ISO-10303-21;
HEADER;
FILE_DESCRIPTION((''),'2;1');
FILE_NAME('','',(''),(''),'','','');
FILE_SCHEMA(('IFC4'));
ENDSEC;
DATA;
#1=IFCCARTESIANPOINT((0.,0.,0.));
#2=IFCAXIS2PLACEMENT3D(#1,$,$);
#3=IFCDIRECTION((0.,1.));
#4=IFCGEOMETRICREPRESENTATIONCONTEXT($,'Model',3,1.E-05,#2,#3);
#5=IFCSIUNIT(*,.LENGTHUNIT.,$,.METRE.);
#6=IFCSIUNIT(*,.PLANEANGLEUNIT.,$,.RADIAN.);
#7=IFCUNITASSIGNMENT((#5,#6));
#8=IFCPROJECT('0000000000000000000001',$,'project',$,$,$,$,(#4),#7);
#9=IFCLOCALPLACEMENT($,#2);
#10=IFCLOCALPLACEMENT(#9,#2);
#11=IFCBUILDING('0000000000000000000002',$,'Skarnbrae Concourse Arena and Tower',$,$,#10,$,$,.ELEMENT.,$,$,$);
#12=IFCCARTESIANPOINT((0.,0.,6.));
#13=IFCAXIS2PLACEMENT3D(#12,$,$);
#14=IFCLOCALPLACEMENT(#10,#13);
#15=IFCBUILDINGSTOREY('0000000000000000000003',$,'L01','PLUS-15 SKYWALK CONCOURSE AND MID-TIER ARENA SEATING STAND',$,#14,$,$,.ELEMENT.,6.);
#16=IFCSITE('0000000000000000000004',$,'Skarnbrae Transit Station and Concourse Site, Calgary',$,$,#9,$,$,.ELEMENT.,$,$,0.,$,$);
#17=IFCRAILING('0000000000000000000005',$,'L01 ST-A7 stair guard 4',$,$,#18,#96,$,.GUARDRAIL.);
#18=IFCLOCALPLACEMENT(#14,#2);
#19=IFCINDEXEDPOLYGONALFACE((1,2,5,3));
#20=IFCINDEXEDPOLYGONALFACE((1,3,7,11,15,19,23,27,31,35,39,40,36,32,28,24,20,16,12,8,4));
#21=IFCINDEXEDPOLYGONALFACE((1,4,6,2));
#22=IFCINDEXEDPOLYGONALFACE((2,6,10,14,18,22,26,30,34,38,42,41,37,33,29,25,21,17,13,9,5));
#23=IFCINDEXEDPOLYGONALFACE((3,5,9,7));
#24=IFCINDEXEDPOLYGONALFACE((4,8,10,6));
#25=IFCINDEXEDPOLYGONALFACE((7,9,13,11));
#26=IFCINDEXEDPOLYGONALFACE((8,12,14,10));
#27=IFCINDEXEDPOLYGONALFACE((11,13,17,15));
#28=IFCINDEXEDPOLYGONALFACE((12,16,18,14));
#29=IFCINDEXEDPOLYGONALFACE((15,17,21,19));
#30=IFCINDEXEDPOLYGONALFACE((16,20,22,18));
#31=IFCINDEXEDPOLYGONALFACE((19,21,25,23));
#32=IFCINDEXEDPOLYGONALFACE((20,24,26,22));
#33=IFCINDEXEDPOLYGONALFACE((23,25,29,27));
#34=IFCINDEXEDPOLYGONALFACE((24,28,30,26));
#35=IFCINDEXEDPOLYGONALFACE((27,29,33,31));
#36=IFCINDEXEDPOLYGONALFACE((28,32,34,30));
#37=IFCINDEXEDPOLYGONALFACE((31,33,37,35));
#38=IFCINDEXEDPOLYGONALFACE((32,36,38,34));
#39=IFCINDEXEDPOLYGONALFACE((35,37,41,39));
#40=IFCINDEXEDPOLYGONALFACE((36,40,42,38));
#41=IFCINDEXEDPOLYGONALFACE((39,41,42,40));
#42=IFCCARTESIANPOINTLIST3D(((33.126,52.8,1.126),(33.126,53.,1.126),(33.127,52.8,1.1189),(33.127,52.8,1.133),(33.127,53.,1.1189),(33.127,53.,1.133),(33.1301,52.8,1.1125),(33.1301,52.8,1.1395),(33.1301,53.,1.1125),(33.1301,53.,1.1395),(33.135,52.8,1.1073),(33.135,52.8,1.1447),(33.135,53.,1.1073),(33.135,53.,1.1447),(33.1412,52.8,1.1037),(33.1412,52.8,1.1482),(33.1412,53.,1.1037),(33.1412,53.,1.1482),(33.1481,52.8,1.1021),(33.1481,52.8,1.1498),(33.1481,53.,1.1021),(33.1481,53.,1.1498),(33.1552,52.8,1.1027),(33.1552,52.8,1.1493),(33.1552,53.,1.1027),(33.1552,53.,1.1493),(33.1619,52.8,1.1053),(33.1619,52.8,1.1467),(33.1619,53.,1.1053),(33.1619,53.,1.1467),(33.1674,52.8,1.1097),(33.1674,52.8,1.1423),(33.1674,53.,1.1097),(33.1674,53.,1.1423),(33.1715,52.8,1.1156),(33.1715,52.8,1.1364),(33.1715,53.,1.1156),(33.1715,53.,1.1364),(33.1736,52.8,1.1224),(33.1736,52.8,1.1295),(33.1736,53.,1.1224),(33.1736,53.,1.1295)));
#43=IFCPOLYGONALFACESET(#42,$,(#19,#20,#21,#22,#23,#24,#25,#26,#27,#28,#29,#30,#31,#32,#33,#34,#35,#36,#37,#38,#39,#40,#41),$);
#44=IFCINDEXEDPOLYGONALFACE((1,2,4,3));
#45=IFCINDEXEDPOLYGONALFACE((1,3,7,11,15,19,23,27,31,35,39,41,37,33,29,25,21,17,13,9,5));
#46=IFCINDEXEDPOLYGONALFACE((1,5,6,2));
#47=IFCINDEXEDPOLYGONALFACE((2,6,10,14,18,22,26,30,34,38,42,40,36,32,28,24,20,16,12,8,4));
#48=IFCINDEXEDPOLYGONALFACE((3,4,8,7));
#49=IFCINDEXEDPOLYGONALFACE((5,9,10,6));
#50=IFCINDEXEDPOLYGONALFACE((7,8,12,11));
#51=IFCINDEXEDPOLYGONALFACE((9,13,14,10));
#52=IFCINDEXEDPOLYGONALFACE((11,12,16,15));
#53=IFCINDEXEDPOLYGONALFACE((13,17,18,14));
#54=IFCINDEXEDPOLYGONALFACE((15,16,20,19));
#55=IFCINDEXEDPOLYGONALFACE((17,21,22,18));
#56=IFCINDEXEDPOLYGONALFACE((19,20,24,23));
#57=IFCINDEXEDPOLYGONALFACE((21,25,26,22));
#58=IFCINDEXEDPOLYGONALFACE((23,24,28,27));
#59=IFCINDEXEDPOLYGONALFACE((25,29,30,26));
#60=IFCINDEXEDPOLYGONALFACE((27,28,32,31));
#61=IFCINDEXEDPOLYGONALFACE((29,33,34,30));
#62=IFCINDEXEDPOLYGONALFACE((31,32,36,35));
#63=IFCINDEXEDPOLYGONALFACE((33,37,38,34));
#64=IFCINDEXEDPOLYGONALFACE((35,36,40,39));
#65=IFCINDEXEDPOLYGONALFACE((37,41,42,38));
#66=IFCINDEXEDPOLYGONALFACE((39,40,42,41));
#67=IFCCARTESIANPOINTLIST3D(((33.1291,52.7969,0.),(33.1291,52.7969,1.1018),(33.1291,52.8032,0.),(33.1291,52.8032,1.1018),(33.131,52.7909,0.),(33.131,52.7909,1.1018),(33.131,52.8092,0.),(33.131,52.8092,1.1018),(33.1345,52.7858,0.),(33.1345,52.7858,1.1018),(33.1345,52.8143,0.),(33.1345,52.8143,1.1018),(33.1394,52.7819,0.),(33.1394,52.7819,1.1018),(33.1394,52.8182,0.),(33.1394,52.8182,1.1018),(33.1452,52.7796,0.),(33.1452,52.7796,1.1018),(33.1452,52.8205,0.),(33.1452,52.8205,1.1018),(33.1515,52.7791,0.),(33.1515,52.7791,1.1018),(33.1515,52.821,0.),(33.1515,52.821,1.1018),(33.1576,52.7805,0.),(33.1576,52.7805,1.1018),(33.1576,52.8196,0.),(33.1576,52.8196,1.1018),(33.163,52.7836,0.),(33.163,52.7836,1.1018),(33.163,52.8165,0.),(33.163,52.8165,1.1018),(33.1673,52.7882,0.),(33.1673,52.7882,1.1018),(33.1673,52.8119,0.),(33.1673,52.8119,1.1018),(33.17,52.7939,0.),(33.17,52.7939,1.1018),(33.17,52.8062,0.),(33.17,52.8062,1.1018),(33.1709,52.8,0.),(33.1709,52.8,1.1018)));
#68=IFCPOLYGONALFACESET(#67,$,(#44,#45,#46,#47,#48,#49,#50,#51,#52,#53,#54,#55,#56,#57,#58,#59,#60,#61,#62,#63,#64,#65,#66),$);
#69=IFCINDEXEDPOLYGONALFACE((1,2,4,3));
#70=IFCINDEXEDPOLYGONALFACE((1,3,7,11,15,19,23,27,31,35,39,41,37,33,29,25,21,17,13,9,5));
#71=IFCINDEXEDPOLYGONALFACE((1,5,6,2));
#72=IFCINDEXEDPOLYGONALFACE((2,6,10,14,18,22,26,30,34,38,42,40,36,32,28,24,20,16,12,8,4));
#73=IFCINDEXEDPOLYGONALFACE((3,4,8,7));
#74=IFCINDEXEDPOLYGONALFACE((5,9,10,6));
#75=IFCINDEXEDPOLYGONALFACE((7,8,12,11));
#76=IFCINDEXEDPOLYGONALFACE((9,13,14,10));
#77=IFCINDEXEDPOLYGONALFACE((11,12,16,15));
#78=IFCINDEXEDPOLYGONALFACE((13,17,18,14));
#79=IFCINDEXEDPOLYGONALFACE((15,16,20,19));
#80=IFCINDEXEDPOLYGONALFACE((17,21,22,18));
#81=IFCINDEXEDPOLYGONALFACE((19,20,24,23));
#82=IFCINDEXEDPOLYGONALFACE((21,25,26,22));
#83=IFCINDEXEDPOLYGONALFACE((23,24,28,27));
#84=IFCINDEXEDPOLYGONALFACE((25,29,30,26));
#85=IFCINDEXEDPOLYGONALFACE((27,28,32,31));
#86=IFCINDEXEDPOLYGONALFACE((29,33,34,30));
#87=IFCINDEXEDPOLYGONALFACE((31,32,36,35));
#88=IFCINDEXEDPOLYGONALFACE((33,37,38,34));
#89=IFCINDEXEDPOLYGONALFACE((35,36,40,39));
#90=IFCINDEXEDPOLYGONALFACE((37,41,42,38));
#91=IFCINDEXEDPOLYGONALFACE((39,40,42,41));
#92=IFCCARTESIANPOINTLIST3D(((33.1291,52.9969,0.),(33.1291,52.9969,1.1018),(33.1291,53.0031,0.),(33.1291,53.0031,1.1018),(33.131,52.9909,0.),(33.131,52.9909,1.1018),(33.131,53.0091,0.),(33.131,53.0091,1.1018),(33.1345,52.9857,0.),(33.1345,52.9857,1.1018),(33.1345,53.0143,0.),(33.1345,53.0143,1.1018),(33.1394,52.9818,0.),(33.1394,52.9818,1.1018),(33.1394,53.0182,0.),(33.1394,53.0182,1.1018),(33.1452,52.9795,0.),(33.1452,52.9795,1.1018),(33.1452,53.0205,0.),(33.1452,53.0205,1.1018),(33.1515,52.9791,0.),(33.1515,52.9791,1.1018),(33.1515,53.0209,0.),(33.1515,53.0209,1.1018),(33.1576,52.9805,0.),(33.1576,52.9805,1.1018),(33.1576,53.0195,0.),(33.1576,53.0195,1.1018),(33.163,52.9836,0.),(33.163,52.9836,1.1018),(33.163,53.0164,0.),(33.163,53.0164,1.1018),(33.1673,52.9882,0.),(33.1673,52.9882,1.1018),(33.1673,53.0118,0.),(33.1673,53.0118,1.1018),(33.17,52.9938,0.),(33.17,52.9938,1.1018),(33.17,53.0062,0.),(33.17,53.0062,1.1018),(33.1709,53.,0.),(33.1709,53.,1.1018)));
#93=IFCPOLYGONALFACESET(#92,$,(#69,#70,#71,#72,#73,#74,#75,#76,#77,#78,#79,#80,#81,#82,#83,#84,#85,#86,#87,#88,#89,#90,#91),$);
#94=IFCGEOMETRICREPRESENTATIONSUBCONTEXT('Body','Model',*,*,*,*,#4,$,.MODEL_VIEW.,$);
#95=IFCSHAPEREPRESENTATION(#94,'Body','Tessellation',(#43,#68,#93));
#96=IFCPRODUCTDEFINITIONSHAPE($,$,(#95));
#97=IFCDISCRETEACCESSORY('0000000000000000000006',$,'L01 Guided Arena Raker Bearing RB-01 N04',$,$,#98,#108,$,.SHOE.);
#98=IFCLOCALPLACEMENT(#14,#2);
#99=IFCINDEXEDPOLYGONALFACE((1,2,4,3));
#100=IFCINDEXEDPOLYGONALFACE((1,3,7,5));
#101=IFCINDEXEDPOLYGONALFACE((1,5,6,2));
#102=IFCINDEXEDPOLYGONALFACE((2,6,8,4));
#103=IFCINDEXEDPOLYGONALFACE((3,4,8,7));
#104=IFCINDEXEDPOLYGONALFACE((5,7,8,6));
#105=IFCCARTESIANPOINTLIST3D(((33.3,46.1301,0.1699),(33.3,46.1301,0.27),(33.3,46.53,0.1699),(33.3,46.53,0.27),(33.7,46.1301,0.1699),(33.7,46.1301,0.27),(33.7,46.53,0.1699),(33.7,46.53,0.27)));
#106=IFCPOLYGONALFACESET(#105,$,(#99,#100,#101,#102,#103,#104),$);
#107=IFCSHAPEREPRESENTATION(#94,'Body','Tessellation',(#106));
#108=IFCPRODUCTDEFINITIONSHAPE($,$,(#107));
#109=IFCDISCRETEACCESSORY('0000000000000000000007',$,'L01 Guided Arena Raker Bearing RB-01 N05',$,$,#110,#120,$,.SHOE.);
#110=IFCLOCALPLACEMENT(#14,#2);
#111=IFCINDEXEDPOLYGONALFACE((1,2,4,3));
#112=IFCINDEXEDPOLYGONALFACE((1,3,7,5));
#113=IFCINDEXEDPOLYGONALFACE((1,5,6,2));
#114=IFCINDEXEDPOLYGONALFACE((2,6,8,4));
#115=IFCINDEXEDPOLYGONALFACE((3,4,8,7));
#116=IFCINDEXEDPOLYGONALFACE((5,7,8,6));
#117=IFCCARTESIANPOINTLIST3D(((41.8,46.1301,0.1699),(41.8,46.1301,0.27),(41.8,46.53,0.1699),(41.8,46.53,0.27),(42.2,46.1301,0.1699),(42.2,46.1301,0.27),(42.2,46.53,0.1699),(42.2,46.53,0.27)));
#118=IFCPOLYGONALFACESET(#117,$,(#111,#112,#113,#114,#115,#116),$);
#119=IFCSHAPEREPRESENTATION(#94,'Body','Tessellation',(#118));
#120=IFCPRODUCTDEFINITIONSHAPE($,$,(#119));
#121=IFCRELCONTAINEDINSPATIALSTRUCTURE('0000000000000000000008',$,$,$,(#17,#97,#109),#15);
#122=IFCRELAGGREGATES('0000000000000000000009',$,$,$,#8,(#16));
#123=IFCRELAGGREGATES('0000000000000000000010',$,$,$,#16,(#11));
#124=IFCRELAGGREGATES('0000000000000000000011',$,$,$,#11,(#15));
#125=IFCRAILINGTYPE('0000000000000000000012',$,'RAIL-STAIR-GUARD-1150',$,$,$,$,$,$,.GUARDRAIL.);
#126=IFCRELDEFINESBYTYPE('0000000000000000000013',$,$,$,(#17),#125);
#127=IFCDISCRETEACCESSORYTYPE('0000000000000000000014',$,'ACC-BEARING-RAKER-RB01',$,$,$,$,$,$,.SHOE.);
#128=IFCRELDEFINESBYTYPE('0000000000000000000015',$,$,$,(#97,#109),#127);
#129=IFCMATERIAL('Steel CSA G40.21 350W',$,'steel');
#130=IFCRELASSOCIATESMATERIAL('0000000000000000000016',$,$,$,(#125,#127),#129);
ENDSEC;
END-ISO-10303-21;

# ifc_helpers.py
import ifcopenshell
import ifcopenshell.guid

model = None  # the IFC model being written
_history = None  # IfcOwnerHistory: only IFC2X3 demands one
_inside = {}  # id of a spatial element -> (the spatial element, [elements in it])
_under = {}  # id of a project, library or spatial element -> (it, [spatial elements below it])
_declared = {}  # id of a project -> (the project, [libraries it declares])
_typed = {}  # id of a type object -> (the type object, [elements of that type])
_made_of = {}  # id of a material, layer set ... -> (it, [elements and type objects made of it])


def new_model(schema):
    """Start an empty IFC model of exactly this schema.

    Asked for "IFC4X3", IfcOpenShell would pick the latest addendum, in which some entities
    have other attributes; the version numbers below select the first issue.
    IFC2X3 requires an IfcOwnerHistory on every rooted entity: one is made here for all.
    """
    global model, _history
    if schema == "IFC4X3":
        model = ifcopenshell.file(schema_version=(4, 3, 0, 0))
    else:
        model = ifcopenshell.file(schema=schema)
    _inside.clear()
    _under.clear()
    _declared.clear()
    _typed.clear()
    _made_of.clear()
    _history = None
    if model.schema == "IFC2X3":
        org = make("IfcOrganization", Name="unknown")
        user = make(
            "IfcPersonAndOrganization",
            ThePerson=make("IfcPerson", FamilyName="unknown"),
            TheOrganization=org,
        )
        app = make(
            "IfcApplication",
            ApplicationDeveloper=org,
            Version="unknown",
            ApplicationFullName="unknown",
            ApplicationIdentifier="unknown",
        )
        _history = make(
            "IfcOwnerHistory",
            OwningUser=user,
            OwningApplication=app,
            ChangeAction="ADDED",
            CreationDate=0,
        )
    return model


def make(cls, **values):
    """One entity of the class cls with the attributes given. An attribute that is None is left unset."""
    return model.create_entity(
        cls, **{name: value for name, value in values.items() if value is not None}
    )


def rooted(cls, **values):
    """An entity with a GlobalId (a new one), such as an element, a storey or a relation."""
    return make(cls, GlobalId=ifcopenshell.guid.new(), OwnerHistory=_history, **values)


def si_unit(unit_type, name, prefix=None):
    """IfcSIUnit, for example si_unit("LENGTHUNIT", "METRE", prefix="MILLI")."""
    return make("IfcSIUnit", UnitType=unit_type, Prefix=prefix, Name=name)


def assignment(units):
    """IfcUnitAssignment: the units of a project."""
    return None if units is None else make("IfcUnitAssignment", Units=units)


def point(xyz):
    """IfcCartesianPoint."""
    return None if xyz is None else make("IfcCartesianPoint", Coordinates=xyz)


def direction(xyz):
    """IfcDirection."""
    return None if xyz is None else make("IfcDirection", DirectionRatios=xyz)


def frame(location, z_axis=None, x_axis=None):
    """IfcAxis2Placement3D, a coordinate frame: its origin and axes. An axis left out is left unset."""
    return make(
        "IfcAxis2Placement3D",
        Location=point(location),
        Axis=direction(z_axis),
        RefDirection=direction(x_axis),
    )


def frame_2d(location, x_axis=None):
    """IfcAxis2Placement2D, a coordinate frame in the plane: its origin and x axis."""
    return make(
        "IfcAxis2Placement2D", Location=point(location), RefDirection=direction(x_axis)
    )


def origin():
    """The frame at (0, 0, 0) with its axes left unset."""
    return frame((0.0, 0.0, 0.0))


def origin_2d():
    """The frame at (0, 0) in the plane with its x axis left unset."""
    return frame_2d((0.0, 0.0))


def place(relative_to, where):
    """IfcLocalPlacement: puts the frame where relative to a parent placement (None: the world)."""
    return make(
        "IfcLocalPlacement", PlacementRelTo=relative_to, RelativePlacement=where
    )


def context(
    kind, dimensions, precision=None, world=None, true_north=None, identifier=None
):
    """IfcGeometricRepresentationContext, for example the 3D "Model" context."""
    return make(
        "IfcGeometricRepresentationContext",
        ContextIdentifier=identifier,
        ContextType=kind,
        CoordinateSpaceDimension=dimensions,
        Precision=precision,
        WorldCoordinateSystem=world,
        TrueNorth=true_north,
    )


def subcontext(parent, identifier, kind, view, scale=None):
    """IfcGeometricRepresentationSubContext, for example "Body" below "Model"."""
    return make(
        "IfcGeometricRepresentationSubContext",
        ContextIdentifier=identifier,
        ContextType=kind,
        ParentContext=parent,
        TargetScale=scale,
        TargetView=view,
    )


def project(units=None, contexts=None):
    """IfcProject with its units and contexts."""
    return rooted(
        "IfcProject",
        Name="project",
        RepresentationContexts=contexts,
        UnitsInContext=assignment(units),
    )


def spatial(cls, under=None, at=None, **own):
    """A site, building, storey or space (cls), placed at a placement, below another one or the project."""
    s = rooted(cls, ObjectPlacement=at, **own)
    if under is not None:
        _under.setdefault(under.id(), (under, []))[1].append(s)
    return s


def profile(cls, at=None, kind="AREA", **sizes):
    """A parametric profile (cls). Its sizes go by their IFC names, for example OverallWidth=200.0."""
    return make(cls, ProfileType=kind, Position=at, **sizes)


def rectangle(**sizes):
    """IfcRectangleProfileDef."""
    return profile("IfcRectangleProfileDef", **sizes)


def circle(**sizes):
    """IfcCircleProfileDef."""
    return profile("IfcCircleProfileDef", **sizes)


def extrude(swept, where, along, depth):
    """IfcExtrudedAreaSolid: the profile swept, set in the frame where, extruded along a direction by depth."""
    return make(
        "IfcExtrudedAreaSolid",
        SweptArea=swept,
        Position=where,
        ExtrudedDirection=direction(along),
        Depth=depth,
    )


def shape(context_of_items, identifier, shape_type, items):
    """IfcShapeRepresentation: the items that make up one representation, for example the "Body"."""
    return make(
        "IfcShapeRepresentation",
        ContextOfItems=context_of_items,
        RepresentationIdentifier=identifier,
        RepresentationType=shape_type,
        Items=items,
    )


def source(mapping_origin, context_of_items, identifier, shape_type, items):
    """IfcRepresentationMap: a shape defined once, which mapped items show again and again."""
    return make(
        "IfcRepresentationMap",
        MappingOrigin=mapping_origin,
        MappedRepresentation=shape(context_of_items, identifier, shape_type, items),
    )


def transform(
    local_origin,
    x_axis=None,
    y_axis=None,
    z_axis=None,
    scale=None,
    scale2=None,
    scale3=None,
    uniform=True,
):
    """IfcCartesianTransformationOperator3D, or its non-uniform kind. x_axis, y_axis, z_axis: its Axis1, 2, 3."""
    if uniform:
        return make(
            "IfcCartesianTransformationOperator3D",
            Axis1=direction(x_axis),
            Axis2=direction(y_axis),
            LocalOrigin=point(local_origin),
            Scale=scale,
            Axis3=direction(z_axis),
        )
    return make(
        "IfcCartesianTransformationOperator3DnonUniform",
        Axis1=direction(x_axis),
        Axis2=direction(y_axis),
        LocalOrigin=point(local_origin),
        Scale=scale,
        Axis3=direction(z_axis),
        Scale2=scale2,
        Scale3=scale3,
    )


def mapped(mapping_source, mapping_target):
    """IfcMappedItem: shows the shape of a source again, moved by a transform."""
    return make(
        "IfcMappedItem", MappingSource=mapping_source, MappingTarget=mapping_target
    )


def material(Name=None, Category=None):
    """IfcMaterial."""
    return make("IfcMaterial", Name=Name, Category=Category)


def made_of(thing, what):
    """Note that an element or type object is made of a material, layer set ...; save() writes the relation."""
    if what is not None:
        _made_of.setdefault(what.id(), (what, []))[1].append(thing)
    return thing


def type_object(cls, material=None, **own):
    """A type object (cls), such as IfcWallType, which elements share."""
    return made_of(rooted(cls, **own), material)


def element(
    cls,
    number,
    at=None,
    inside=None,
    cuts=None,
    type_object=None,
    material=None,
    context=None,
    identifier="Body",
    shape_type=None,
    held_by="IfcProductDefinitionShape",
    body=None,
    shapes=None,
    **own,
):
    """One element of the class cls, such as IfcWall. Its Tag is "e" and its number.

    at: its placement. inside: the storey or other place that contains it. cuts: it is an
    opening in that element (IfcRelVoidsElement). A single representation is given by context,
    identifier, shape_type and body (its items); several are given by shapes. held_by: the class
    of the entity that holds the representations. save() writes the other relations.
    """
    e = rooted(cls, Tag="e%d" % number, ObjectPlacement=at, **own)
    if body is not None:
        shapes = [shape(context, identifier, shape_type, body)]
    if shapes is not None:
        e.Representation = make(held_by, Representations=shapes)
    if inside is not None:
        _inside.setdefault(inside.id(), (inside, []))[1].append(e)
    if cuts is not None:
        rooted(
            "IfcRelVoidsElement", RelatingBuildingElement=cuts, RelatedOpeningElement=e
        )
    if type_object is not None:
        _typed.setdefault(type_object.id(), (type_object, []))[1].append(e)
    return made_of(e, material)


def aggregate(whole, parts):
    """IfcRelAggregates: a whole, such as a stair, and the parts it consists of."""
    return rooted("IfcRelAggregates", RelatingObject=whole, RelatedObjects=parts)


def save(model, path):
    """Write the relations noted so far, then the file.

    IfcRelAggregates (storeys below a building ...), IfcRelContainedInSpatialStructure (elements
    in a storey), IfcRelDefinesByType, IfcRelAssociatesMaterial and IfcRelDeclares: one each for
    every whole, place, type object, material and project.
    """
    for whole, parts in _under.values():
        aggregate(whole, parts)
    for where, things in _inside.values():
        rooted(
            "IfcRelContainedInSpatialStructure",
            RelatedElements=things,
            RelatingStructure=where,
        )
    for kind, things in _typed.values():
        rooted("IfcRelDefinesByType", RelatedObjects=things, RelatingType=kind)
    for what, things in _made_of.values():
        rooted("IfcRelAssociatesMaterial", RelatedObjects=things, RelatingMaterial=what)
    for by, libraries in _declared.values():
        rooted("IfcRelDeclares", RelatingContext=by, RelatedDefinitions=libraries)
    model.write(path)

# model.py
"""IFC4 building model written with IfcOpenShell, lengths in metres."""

from ifc_helpers import new_model, si_unit, direction, frame, origin, origin_2d, place, context, subcontext, project, spatial, rectangle, circle, extrude, source, transform, mapped, material, type_object, element, save


model = new_model("IFC4")

# Units and contexts
model_context = context("Model", 3, precision=1e-05, world=origin(), true_north=direction((0.0, 1.0)))
body_context = subcontext(model_context, "Body", "Model", "MODEL_VIEW")
ifc_project = project(units=[si_unit("LENGTHUNIT", "METRE"), si_unit("PLANEANGLEUNIT", "RADIAN")], contexts=[model_context])

# Site, building, storey
site_placement = place(None, origin())
site = spatial("IfcSite", under=ifc_project, at=site_placement, Name="Skarnbrae Transit Station and Concourse Site, Calgary", CompositionType="ELEMENT", RefElevation=0.0)
building_placement = place(site_placement, origin())
building = spatial("IfcBuilding", under=site, at=building_placement, Name="Skarnbrae Concourse Arena and Tower", CompositionType="ELEMENT")
storey_placement = place(building_placement, frame((0.0, 0.0, 6.0)))
storey = spatial("IfcBuildingStorey", under=building, at=storey_placement, Name="L01", Description="PLUS-15 SKYWALK CONCOURSE AND MID-TIER ARENA SEATING STAND", CompositionType="ELEMENT", Elevation=6.0)

# Shared definitions
ifc_material_1 = material(Name="Steel CSA G40.21 350W", Category="steel")

# Railing
railing_type_1 = type_object("IfcRailingType", Name="RAIL-STAIR-GUARD-1150", PredefinedType="GUARDRAIL", material=ifc_material_1)
railing_1_placement = place(storey_placement, frame((33.1499, 52.8, 0.0)))
element("IfcRailing", 1, at=railing_1_placement, inside=storey, type_object=railing_type_1, Name="L01 ST-A7 stair guard 4", PredefinedType="GUARDRAIL", context=body_context, shape_type="SweptSolid", body=[
    extrude(circle(Radius=0.0239, at=origin_2d()), frame((0.0, 0.0, 1.126), z_axis=(0.0, 1.0, 0.0), x_axis=(-1.0, 0.0, 0.0)), (0.0, 0.0, 1.0), 0.2),
    extrude(circle(Radius=0.021, at=origin_2d()), origin(), (0.0, 0.0, 1.0), 1.1018),
    extrude(circle(Radius=0.021, at=origin_2d()), frame((0.0, 0.2, 0.0)), (0.0, 0.0, 1.0), 1.1018),
])

# Discrete accessories
discrete_accessory_type = type_object("IfcDiscreteAccessoryType", Name="ACC-BEARING-RAKER-RB01", PredefinedType="SHOE", material=ifc_material_1)
shared_shape_1 = source(origin(), body_context, "Body", "SweptSolid", [
    extrude(rectangle(XDim=0.3999, YDim=0.3999, at=origin_2d()), origin(), (0.0, 0.0, 1.0), 0.1001),
])
for number, where, z_axis, x_axis, name in (
    (2, (33.5, 46.3301, 0.1699), (0.0, 0.0, 1.0), (1.0, 0.0, 0.0), "L01 Guided Arena Raker Bearing RB-01 N04"),
    (3, (42.0, 46.3301, 0.1699), (0.0, 0.0, 1.0), (1.0, 0.0, 0.0), "L01 Guided Arena Raker Bearing RB-01 N05"),
):
    element("IfcDiscreteAccessory", number, at=place(storey_placement, frame(where, z_axis=z_axis, x_axis=x_axis)), inside=storey, type_object=discrete_accessory_type, Name=name, PredefinedType="SHOE", context=body_context, shape_type="MappedRepresentation", body=[
        mapped(shared_shape_1, transform((0.0, 0.0, 0.0))),
    ])

save(model, "model.ifc")
